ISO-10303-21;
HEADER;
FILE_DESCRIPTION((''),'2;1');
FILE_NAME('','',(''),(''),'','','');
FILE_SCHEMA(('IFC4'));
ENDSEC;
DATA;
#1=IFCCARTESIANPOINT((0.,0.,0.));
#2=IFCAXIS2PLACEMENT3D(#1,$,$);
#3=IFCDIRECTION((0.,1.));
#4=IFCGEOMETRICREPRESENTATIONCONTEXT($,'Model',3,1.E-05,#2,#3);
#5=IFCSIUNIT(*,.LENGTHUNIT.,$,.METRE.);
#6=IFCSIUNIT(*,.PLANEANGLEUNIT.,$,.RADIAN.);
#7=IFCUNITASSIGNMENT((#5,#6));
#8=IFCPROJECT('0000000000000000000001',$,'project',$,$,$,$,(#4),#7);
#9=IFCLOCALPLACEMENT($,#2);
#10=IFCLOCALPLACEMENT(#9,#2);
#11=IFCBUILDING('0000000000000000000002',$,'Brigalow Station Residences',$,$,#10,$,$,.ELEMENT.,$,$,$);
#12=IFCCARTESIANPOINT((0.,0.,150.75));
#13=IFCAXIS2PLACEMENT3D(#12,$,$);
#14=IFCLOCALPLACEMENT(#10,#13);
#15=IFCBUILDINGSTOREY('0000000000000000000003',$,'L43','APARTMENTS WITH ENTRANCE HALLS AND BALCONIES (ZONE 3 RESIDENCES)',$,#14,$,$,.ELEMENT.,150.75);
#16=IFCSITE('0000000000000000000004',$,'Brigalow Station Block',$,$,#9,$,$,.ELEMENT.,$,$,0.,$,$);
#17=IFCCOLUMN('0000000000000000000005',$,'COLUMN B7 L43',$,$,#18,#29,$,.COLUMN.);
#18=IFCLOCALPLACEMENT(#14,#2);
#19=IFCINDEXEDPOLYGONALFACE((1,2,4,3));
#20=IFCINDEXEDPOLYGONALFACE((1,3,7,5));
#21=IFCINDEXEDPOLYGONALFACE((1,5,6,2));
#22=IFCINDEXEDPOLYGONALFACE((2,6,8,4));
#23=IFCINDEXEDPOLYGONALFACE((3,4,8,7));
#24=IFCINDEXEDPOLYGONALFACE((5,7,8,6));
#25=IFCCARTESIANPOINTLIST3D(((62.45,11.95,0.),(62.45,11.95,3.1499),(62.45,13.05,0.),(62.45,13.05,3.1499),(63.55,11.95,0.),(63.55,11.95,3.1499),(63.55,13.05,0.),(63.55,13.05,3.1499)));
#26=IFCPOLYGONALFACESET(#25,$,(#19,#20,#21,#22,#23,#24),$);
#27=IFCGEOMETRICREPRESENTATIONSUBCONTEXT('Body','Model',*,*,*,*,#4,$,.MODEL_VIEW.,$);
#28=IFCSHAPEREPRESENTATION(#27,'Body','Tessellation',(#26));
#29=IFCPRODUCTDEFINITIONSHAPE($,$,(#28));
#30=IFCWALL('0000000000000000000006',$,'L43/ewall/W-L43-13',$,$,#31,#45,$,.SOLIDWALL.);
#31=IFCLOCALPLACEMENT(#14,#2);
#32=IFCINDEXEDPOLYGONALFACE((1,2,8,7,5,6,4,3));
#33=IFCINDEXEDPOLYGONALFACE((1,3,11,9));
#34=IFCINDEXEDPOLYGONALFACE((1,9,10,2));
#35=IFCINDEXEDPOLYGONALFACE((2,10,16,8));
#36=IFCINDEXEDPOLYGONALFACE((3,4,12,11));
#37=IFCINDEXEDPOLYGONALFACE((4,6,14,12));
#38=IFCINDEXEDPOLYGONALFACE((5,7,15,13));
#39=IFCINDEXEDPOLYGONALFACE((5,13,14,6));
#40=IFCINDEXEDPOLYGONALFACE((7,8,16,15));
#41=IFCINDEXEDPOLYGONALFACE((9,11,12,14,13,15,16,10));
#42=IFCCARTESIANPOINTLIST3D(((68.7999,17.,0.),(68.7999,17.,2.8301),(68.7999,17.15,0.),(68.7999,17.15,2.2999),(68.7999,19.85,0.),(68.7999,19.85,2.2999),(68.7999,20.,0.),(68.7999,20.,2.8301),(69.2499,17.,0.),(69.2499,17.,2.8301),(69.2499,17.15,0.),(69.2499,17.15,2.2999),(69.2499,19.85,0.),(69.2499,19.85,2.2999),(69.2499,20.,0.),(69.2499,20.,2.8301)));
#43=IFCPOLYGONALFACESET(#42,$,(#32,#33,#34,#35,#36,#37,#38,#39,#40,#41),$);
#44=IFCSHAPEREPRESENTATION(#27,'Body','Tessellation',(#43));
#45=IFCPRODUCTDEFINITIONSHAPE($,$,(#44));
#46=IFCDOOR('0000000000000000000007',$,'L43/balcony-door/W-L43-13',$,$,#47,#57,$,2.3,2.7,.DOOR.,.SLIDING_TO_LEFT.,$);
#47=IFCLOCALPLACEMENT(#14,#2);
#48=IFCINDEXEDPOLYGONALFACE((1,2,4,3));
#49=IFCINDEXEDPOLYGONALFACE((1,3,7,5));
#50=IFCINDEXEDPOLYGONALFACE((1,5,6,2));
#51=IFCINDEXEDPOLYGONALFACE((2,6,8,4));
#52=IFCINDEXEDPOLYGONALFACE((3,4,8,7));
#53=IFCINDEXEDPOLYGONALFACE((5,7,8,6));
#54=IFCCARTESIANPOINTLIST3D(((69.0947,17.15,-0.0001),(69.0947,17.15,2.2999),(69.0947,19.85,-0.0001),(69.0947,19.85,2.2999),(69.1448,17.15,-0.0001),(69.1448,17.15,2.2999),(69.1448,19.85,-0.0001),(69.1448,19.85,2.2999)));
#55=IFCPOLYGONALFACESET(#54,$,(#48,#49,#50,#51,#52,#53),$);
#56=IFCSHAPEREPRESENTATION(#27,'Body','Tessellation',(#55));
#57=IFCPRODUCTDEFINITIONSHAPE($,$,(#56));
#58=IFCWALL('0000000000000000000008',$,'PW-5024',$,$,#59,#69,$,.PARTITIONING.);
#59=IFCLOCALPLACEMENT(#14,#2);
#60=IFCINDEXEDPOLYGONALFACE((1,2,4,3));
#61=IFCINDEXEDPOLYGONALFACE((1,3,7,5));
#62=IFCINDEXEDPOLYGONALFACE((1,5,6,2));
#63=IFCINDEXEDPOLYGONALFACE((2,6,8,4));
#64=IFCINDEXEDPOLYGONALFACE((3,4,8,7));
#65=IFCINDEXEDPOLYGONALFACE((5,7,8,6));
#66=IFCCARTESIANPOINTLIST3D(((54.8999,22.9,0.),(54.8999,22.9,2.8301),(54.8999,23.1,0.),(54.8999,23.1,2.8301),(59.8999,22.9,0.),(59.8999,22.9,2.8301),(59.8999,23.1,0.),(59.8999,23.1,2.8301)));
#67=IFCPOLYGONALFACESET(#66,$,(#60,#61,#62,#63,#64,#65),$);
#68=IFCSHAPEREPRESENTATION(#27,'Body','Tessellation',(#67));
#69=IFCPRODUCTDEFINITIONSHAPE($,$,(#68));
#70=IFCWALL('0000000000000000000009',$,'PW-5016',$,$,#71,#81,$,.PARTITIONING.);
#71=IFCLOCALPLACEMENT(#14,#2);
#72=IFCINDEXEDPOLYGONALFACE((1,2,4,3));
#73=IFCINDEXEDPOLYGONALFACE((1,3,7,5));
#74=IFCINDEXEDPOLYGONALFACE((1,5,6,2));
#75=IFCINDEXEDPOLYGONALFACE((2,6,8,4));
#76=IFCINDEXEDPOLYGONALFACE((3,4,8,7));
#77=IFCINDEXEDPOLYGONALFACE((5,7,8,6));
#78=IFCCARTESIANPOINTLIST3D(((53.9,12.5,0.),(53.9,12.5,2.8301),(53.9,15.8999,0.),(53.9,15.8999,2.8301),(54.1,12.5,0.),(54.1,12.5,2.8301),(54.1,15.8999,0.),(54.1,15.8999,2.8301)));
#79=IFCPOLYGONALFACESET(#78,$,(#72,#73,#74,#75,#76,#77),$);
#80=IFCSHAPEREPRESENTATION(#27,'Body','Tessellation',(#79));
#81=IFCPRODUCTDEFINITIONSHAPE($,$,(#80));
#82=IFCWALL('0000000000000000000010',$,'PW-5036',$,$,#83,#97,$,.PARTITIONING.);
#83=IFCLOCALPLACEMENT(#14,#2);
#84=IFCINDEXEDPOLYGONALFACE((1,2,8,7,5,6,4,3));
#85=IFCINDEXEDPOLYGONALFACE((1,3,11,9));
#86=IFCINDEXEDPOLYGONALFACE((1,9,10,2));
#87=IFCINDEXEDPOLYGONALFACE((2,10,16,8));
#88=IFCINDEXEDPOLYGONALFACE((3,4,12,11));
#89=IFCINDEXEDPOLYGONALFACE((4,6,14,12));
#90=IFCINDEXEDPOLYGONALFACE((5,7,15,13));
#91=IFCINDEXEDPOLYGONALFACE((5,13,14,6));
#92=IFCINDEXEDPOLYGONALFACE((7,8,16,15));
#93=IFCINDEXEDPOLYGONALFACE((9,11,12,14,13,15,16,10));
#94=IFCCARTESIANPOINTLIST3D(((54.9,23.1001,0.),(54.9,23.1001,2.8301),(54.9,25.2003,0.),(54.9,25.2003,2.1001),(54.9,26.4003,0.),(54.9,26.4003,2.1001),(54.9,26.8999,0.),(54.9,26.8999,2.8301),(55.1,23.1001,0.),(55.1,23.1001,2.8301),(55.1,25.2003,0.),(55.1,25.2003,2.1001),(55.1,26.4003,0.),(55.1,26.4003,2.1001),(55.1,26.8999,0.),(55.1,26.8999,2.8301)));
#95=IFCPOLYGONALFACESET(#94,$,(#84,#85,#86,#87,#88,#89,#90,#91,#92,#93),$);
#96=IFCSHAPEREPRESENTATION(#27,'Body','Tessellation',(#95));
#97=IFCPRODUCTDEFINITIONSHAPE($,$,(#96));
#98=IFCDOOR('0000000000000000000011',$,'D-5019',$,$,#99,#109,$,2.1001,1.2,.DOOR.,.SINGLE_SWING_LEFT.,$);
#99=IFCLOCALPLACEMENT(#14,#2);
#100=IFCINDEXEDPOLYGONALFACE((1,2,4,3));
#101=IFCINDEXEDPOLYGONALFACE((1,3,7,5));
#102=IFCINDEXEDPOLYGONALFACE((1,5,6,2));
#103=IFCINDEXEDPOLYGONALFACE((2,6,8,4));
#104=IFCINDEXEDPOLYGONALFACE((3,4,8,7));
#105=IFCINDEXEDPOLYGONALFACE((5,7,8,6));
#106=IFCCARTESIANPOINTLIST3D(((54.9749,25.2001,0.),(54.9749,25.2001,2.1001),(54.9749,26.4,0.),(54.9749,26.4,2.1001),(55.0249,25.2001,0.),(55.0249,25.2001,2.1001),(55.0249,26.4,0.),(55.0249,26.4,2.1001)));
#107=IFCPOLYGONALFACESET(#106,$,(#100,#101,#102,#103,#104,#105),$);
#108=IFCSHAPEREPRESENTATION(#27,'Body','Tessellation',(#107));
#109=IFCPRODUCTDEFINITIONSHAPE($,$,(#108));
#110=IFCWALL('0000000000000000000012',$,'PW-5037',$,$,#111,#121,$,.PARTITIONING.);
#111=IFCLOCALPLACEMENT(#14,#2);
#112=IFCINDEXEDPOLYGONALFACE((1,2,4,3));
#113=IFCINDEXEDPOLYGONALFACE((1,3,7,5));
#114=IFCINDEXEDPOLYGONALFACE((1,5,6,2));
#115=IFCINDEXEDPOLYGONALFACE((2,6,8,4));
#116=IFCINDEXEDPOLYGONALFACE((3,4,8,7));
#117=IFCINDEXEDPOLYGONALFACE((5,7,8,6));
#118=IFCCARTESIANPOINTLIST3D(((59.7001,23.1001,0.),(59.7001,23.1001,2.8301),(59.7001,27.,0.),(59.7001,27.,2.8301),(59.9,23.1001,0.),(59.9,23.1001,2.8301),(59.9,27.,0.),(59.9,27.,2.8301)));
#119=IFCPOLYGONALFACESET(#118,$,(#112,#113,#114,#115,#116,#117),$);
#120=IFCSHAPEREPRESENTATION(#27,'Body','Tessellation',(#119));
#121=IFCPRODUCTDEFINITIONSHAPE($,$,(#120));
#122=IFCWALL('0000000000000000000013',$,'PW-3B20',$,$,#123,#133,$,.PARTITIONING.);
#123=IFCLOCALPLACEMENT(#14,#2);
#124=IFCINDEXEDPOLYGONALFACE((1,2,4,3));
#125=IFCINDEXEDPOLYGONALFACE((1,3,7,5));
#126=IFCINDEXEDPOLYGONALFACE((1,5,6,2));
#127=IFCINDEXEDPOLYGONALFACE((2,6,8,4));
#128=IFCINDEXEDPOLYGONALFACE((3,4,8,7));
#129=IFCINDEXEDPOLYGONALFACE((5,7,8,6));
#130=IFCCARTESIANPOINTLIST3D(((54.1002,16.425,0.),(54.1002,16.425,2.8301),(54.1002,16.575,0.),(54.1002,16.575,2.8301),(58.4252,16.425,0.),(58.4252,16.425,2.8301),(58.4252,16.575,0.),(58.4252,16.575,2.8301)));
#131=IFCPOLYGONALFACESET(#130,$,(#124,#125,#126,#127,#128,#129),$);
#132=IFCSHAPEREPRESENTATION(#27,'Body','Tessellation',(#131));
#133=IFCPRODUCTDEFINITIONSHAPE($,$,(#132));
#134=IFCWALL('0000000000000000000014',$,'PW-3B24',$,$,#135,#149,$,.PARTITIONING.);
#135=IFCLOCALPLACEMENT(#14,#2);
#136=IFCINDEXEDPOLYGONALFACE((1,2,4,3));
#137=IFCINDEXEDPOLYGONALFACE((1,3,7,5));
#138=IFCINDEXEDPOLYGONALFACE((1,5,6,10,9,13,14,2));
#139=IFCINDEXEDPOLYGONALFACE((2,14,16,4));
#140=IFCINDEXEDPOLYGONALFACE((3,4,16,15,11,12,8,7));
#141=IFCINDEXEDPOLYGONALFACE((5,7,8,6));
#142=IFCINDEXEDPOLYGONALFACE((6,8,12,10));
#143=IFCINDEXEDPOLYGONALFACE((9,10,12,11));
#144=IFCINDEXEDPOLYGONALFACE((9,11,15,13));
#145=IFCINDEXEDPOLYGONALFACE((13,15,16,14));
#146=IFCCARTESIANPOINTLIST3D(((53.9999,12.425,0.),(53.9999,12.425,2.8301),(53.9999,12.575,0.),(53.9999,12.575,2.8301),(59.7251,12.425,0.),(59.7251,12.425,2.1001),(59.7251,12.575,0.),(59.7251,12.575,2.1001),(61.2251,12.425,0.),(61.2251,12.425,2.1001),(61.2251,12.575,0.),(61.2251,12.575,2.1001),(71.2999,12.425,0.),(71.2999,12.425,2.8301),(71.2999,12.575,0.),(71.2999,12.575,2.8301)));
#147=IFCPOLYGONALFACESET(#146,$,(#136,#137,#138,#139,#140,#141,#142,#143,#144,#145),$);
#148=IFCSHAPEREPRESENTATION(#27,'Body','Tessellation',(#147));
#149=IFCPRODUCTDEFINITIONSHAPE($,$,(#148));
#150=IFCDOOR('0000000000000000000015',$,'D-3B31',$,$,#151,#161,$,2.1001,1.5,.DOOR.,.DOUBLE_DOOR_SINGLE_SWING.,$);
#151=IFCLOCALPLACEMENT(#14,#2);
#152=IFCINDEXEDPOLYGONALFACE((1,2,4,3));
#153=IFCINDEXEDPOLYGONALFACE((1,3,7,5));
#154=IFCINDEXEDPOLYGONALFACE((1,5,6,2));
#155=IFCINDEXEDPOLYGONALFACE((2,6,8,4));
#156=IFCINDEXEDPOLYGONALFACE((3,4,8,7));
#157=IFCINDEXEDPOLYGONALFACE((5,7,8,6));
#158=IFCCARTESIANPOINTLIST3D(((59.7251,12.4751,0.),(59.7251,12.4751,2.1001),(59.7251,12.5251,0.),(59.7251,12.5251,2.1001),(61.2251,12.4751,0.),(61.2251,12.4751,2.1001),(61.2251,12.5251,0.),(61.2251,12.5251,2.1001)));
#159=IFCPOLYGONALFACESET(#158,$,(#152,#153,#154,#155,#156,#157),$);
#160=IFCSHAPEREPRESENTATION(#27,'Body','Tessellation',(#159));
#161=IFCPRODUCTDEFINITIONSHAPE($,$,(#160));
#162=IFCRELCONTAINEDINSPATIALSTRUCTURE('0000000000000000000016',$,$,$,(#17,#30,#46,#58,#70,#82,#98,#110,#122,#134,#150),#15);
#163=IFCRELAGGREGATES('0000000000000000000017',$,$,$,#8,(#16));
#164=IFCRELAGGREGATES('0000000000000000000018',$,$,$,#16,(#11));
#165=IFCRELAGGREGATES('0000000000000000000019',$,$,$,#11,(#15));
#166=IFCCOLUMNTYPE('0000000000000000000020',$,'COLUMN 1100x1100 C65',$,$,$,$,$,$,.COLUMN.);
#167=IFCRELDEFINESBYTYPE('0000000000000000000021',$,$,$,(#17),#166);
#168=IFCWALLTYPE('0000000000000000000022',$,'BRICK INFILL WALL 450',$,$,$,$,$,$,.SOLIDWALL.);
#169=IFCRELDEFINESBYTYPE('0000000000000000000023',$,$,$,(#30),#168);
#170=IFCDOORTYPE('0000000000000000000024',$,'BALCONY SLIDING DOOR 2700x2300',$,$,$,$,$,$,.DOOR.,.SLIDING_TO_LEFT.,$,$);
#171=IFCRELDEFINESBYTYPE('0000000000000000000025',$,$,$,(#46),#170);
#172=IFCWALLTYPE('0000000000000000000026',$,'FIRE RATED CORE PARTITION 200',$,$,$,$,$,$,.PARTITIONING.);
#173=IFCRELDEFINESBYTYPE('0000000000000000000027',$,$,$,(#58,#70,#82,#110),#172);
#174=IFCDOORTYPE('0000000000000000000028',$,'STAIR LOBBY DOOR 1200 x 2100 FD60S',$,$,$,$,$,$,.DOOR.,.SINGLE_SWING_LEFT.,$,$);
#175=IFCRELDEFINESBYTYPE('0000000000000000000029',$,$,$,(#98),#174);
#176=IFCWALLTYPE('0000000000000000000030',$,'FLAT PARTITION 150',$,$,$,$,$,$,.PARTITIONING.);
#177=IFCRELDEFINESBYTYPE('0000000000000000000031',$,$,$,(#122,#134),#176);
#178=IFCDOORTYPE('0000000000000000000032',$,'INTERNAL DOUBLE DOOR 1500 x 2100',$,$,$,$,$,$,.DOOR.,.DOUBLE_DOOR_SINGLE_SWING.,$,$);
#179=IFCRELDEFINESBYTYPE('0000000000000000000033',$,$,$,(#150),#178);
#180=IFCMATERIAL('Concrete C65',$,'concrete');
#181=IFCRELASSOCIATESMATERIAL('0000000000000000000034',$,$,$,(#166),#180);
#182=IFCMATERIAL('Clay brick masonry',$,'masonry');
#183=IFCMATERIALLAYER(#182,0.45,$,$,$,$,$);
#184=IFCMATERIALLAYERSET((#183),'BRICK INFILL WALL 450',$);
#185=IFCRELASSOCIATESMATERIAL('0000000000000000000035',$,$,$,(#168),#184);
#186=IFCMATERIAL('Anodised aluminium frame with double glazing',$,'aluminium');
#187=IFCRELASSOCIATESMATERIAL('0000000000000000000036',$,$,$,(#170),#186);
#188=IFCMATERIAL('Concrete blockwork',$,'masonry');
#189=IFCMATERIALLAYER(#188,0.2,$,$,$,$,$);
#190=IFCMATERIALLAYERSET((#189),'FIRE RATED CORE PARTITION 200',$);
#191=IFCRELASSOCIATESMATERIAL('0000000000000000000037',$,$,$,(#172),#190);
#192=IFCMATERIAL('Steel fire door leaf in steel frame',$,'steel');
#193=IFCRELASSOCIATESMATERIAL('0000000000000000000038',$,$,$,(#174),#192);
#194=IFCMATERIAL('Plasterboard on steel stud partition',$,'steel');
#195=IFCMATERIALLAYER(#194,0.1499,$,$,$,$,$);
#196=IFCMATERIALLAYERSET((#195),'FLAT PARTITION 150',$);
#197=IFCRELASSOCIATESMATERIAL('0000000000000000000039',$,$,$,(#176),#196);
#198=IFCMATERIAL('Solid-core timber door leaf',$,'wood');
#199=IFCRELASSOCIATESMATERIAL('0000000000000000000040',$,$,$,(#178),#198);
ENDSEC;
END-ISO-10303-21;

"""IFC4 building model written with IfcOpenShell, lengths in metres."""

from ifc_helpers import new_model, si_unit, direction, frame, frame_2d, origin, origin_2d, place, context, subcontext, project, spatial, rectangle, extrude, material, layer, layer_set, material_profile, profile_set, type_object, element, fill, save


model = new_model("IFC4")

# Units and contexts
model_context = context("Model", 3, precision=1e-05, world=origin(), true_north=direction((0.0, 1.0)))
body_context = subcontext(model_context, "Body", "Model", "MODEL_VIEW")
ifc_project = project(units=[si_unit("LENGTHUNIT", "METRE"), si_unit("PLANEANGLEUNIT", "RADIAN")], contexts=[model_context])

# Site, building, storey
site_placement = place(None, origin())
site = spatial("IfcSite", under=ifc_project, at=site_placement, Name="Brigalow Station Block", CompositionType="ELEMENT", RefElevation=0.0)
building_placement = place(site_placement, origin())
building = spatial("IfcBuilding", under=site, at=building_placement, Name="Brigalow Station Residences", CompositionType="ELEMENT")
storey_placement = place(building_placement, frame((0.0, 0.0, 150.75)))
storey = spatial("IfcBuildingStorey", under=building, at=storey_placement, Name="L43", Description="APARTMENTS WITH ENTRANCE HALLS AND BALCONIES (ZONE 3 RESIDENCES)", CompositionType="ELEMENT", Elevation=150.75)

# Column
ifc_material_1 = material(Name="Concrete C65", Category="concrete")
ifc_material_profile = material_profile(ifc_material_1, rectangle(XDim=1.1001, YDim=1.1001, at=origin_2d()), Name="RC1100x1100")
ifc_profile_set = profile_set([ifc_material_profile], Name="Concrete C65")
column_type = type_object("IfcColumnType", Name="COLUMN 1100x1100 C65", PredefinedType="COLUMN", material=ifc_profile_set)
column_placement = place(storey_placement, frame((63.0, 12.5, 0.0), z_axis=(0.0, 0.0, 1.0), x_axis=(1.0, 0.0, 0.0)))
element("IfcColumn", 1, at=column_placement, inside=storey, type_object=column_type, Name="COLUMN B7 L43", PredefinedType="COLUMN", context=body_context, shape_type="SweptSolid", body=[
    extrude(rectangle(XDim=1.1001, YDim=1.1001, at=origin_2d()), origin(), (0.0, 0.0, 1.0), 3.1499),
])

# Wall, opening, door
ifc_material_2 = material(Name="Clay brick masonry", Category="masonry")
ifc_layer_1 = layer(ifc_material_2, 0.45)
ifc_layer_set_1 = layer_set([ifc_layer_1], Name="BRICK INFILL WALL 450")
wall_type_1 = type_object("IfcWallType", Name="BRICK INFILL WALL 450", PredefinedType="SOLIDWALL", material=ifc_layer_set_1)
wall_1_placement = place(storey_placement, frame((69.0249, 17.0, 0.0), z_axis=(0.0, 0.0, 1.0), x_axis=(0.0, 1.0, 0.0)))
wall_1 = element("IfcWall", 2, at=wall_1_placement, inside=storey, type_object=wall_type_1, Name="L43/ewall/W-L43-13", PredefinedType="SOLIDWALL", context=body_context, shape_type="SweptSolid", body=[
    extrude(rectangle(XDim=3.0, YDim=0.45, at=frame_2d((1.5, 0.0))), origin(), (0.0, 0.0, 1.0), 2.8301),
])
opening_1_placement = place(wall_1_placement, frame((0.1499, 0.0, 0.0)))
opening_1 = element("IfcOpeningElement", 3, at=opening_1_placement, cuts=wall_1, PredefinedType="OPENING", context=body_context, shape_type="SweptSolid", body=[
    extrude(rectangle(XDim=2.7, YDim=2.3, at=frame_2d((1.3501, 1.1499))), frame((0.0, 0.2349, 0.0), z_axis=(0.0, -1.0, 0.0), x_axis=(1.0, 0.0, 0.0)), (0.0, 0.0, 1.0), 0.47),
])
ifc_material_3 = material(Name="Anodised aluminium frame with double glazing", Category="aluminium")
door_type_1 = type_object("IfcDoorType", Name="BALCONY SLIDING DOOR 2700x2300", OperationType="SLIDING_TO_LEFT", PredefinedType="DOOR", material=ifc_material_3)
door_1_placement = place(opening_1_placement, origin())
door_1 = element("IfcDoor", 4, at=door_1_placement, inside=storey, type_object=door_type_1, Name="L43/balcony-door/W-L43-13", OperationType="SLIDING_TO_LEFT", OverallHeight=2.3, OverallWidth=2.7, PredefinedType="DOOR", context=body_context, shape_type="SweptSolid", body=[
    extrude(rectangle(XDim=2.7, YDim=2.3, at=frame_2d((1.3501, 1.1499))), frame((0.0, -0.0698, 0.0), z_axis=(0.0, -1.0, 0.0), x_axis=(1.0, 0.0, 0.0)), (0.0, 0.0, 1.0), 0.05),
])
fill(opening_1, door_1)

# Walls
ifc_material_4 = material(Name="Concrete blockwork", Category="masonry")
ifc_layer_2 = layer(ifc_material_4, 0.2)
ifc_layer_set_2 = layer_set([ifc_layer_2], Name="FIRE RATED CORE PARTITION 200")
wall_type_2 = type_object("IfcWallType", Name="FIRE RATED CORE PARTITION 200", PredefinedType="PARTITIONING", material=ifc_layer_set_2)
wall_2_placement = place(storey_placement, frame((54.8999, 23.0, 0.0), z_axis=(0.0, 0.0, 1.0), x_axis=(1.0, 0.0, 0.0)))
element("IfcWall", 5, at=wall_2_placement, inside=storey, type_object=wall_type_2, Name="PW-5024", PredefinedType="PARTITIONING", context=body_context, shape_type="SweptSolid", body=[
    extrude(rectangle(XDim=5.0, YDim=0.2, at=frame_2d((2.5, 0.0))), origin(), (0.0, 0.0, 1.0), 2.8301),
])
wall_3_placement = place(storey_placement, frame((54.0, 12.5, 0.0), z_axis=(0.0, 0.0, 1.0), x_axis=(0.0, 1.0, 0.0)))
element("IfcWall", 6, at=wall_3_placement, inside=storey, type_object=wall_type_2, Name="PW-5016", PredefinedType="PARTITIONING", context=body_context, shape_type="SweptSolid", body=[
    extrude(rectangle(XDim=3.3999, YDim=0.2, at=frame_2d((1.7, 0.0))), origin(), (0.0, 0.0, 1.0), 2.8301),
])

# Wall, opening, door
wall_4_placement = place(storey_placement, frame((55.0, 23.1001, 0.0), z_axis=(0.0, 0.0, 1.0), x_axis=(0.0, 1.0, 0.0)))
wall_4 = element("IfcWall", 7, at=wall_4_placement, inside=storey, type_object=wall_type_2, Name="PW-5036", PredefinedType="PARTITIONING", context=body_context, shape_type="SweptSolid", body=[
    extrude(rectangle(XDim=3.7998, YDim=0.2, at=frame_2d((1.8999, 0.0))), origin(), (0.0, 0.0, 1.0), 2.8301),
])
opening_2_placement = place(wall_4_placement, frame((2.1001, 0.0, 0.0)))
opening_2 = element("IfcOpeningElement", 8, at=opening_2_placement, cuts=wall_4, PredefinedType="OPENING", context=body_context, shape_type="SweptSolid", body=[
    extrude(rectangle(XDim=1.2, YDim=2.1001, at=frame_2d((0.6001, 1.05))), frame((0.0, 0.1099, 0.0), z_axis=(0.0, -1.0, 0.0), x_axis=(1.0, 0.0, 0.0)), (0.0, 0.0, 1.0), 0.22),
])
ifc_material_5 = material(Name="Steel fire door leaf in steel frame", Category="steel")
door_type_2 = type_object("IfcDoorType", Name="STAIR LOBBY DOOR 1200 x 2100 FD60S", OperationType="SINGLE_SWING_LEFT", PredefinedType="DOOR", material=ifc_material_5)
door_2_placement = place(opening_2_placement, frame((1.2, 0.0, 0.0), z_axis=(0.0, 0.0, 1.0), x_axis=(-1.0, 0.0, 0.0)))
door_2 = element("IfcDoor", 9, at=door_2_placement, inside=storey, type_object=door_type_2, Name="D-5019", OperationType="SINGLE_SWING_LEFT", OverallHeight=2.1001, OverallWidth=1.2, PredefinedType="DOOR", context=body_context, shape_type="SweptSolid", body=[
    extrude(rectangle(XDim=1.2, YDim=2.1001, at=frame_2d((0.6001, 1.05))), frame((0.0, 0.0249, 0.0), z_axis=(0.0, -1.0, 0.0), x_axis=(1.0, 0.0, 0.0)), (0.0, 0.0, 1.0), 0.05),
])
fill(opening_2, door_2)

# Walls
wall_5_placement = place(storey_placement, frame((59.8, 23.1001, 0.0), z_axis=(0.0, 0.0, 1.0), x_axis=(0.0, 1.0, 0.0)))
element("IfcWall", 10, at=wall_5_placement, inside=storey, type_object=wall_type_2, Name="PW-5037", PredefinedType="PARTITIONING", context=body_context, shape_type="SweptSolid", body=[
    extrude(rectangle(XDim=3.8999, YDim=0.2, at=frame_2d((1.95, 0.0))), origin(), (0.0, 0.0, 1.0), 2.8301),
])
ifc_material_6 = material(Name="Plasterboard on steel stud partition", Category="steel")
ifc_layer_3 = layer(ifc_material_6, 0.1499)
ifc_layer_set_3 = layer_set([ifc_layer_3], Name="FLAT PARTITION 150")
wall_type_3 = type_object("IfcWallType", Name="FLAT PARTITION 150", PredefinedType="PARTITIONING", material=ifc_layer_set_3)
wall_6_placement = place(storey_placement, frame((54.1001, 16.5, 0.0), z_axis=(0.0, 0.0, 1.0), x_axis=(1.0, 0.0, 0.0)))
element("IfcWall", 11, at=wall_6_placement, inside=storey, type_object=wall_type_3, Name="PW-3B20", PredefinedType="PARTITIONING", context=body_context, shape_type="SweptSolid", body=[
    extrude(rectangle(XDim=4.325, YDim=0.1499, at=frame_2d((2.1626, 0.0))), origin(), (0.0, 0.0, 1.0), 2.8301),
])

# Wall, opening, door
wall_7_placement = place(storey_placement, frame((54.0, 12.5, 0.0), z_axis=(0.0, 0.0, 1.0), x_axis=(1.0, 0.0, 0.0)))
wall_7 = element("IfcWall", 12, at=wall_7_placement, inside=storey, type_object=wall_type_3, Name="PW-3B24", PredefinedType="PARTITIONING", context=body_context, shape_type="SweptSolid", body=[
    extrude(rectangle(XDim=17.3, YDim=0.1499, at=frame_2d((8.6499, 0.0))), origin(), (0.0, 0.0, 1.0), 2.8301),
])
opening_3_placement = place(wall_7_placement, frame((5.7251, 0.0, 0.0)))
opening_3 = element("IfcOpeningElement", 13, at=opening_3_placement, cuts=wall_7, PredefinedType="OPENING", context=body_context, shape_type="SweptSolid", body=[
    extrude(rectangle(XDim=1.5, YDim=2.1001, at=frame_2d((0.75, 1.05))), frame((0.0, 0.085, 0.0), z_axis=(0.0, -1.0, 0.0), x_axis=(1.0, 0.0, 0.0)), (0.0, 0.0, 1.0), 0.1699),
])
ifc_material_7 = material(Name="Solid-core timber door leaf", Category="wood")
door_type_3 = type_object("IfcDoorType", Name="INTERNAL DOUBLE DOOR 1500 x 2100", OperationType="DOUBLE_DOOR_SINGLE_SWING", PredefinedType="DOOR", material=ifc_material_7)
door_3_placement = place(opening_3_placement, frame((1.5, 0.0, 0.0), z_axis=(0.0, 0.0, 1.0), x_axis=(-1.0, 0.0, 0.0)))
door_3 = element("IfcDoor", 14, at=door_3_placement, inside=storey, type_object=door_type_3, Name="D-3B31", OperationType="DOUBLE_DOOR_SINGLE_SWING", OverallHeight=2.1001, OverallWidth=1.5, PredefinedType="DOOR", context=body_context, shape_type="SweptSolid", body=[
    extrude(rectangle(XDim=1.5, YDim=2.1001, at=frame_2d((0.75, 1.05))), frame((0.0, 0.0249, 0.0), z_axis=(0.0, -1.0, 0.0), x_axis=(1.0, 0.0, 0.0)), (0.0, 0.0, 1.0), 0.05),
])
fill(opening_3, door_3)

save(model, "model.ifc")
